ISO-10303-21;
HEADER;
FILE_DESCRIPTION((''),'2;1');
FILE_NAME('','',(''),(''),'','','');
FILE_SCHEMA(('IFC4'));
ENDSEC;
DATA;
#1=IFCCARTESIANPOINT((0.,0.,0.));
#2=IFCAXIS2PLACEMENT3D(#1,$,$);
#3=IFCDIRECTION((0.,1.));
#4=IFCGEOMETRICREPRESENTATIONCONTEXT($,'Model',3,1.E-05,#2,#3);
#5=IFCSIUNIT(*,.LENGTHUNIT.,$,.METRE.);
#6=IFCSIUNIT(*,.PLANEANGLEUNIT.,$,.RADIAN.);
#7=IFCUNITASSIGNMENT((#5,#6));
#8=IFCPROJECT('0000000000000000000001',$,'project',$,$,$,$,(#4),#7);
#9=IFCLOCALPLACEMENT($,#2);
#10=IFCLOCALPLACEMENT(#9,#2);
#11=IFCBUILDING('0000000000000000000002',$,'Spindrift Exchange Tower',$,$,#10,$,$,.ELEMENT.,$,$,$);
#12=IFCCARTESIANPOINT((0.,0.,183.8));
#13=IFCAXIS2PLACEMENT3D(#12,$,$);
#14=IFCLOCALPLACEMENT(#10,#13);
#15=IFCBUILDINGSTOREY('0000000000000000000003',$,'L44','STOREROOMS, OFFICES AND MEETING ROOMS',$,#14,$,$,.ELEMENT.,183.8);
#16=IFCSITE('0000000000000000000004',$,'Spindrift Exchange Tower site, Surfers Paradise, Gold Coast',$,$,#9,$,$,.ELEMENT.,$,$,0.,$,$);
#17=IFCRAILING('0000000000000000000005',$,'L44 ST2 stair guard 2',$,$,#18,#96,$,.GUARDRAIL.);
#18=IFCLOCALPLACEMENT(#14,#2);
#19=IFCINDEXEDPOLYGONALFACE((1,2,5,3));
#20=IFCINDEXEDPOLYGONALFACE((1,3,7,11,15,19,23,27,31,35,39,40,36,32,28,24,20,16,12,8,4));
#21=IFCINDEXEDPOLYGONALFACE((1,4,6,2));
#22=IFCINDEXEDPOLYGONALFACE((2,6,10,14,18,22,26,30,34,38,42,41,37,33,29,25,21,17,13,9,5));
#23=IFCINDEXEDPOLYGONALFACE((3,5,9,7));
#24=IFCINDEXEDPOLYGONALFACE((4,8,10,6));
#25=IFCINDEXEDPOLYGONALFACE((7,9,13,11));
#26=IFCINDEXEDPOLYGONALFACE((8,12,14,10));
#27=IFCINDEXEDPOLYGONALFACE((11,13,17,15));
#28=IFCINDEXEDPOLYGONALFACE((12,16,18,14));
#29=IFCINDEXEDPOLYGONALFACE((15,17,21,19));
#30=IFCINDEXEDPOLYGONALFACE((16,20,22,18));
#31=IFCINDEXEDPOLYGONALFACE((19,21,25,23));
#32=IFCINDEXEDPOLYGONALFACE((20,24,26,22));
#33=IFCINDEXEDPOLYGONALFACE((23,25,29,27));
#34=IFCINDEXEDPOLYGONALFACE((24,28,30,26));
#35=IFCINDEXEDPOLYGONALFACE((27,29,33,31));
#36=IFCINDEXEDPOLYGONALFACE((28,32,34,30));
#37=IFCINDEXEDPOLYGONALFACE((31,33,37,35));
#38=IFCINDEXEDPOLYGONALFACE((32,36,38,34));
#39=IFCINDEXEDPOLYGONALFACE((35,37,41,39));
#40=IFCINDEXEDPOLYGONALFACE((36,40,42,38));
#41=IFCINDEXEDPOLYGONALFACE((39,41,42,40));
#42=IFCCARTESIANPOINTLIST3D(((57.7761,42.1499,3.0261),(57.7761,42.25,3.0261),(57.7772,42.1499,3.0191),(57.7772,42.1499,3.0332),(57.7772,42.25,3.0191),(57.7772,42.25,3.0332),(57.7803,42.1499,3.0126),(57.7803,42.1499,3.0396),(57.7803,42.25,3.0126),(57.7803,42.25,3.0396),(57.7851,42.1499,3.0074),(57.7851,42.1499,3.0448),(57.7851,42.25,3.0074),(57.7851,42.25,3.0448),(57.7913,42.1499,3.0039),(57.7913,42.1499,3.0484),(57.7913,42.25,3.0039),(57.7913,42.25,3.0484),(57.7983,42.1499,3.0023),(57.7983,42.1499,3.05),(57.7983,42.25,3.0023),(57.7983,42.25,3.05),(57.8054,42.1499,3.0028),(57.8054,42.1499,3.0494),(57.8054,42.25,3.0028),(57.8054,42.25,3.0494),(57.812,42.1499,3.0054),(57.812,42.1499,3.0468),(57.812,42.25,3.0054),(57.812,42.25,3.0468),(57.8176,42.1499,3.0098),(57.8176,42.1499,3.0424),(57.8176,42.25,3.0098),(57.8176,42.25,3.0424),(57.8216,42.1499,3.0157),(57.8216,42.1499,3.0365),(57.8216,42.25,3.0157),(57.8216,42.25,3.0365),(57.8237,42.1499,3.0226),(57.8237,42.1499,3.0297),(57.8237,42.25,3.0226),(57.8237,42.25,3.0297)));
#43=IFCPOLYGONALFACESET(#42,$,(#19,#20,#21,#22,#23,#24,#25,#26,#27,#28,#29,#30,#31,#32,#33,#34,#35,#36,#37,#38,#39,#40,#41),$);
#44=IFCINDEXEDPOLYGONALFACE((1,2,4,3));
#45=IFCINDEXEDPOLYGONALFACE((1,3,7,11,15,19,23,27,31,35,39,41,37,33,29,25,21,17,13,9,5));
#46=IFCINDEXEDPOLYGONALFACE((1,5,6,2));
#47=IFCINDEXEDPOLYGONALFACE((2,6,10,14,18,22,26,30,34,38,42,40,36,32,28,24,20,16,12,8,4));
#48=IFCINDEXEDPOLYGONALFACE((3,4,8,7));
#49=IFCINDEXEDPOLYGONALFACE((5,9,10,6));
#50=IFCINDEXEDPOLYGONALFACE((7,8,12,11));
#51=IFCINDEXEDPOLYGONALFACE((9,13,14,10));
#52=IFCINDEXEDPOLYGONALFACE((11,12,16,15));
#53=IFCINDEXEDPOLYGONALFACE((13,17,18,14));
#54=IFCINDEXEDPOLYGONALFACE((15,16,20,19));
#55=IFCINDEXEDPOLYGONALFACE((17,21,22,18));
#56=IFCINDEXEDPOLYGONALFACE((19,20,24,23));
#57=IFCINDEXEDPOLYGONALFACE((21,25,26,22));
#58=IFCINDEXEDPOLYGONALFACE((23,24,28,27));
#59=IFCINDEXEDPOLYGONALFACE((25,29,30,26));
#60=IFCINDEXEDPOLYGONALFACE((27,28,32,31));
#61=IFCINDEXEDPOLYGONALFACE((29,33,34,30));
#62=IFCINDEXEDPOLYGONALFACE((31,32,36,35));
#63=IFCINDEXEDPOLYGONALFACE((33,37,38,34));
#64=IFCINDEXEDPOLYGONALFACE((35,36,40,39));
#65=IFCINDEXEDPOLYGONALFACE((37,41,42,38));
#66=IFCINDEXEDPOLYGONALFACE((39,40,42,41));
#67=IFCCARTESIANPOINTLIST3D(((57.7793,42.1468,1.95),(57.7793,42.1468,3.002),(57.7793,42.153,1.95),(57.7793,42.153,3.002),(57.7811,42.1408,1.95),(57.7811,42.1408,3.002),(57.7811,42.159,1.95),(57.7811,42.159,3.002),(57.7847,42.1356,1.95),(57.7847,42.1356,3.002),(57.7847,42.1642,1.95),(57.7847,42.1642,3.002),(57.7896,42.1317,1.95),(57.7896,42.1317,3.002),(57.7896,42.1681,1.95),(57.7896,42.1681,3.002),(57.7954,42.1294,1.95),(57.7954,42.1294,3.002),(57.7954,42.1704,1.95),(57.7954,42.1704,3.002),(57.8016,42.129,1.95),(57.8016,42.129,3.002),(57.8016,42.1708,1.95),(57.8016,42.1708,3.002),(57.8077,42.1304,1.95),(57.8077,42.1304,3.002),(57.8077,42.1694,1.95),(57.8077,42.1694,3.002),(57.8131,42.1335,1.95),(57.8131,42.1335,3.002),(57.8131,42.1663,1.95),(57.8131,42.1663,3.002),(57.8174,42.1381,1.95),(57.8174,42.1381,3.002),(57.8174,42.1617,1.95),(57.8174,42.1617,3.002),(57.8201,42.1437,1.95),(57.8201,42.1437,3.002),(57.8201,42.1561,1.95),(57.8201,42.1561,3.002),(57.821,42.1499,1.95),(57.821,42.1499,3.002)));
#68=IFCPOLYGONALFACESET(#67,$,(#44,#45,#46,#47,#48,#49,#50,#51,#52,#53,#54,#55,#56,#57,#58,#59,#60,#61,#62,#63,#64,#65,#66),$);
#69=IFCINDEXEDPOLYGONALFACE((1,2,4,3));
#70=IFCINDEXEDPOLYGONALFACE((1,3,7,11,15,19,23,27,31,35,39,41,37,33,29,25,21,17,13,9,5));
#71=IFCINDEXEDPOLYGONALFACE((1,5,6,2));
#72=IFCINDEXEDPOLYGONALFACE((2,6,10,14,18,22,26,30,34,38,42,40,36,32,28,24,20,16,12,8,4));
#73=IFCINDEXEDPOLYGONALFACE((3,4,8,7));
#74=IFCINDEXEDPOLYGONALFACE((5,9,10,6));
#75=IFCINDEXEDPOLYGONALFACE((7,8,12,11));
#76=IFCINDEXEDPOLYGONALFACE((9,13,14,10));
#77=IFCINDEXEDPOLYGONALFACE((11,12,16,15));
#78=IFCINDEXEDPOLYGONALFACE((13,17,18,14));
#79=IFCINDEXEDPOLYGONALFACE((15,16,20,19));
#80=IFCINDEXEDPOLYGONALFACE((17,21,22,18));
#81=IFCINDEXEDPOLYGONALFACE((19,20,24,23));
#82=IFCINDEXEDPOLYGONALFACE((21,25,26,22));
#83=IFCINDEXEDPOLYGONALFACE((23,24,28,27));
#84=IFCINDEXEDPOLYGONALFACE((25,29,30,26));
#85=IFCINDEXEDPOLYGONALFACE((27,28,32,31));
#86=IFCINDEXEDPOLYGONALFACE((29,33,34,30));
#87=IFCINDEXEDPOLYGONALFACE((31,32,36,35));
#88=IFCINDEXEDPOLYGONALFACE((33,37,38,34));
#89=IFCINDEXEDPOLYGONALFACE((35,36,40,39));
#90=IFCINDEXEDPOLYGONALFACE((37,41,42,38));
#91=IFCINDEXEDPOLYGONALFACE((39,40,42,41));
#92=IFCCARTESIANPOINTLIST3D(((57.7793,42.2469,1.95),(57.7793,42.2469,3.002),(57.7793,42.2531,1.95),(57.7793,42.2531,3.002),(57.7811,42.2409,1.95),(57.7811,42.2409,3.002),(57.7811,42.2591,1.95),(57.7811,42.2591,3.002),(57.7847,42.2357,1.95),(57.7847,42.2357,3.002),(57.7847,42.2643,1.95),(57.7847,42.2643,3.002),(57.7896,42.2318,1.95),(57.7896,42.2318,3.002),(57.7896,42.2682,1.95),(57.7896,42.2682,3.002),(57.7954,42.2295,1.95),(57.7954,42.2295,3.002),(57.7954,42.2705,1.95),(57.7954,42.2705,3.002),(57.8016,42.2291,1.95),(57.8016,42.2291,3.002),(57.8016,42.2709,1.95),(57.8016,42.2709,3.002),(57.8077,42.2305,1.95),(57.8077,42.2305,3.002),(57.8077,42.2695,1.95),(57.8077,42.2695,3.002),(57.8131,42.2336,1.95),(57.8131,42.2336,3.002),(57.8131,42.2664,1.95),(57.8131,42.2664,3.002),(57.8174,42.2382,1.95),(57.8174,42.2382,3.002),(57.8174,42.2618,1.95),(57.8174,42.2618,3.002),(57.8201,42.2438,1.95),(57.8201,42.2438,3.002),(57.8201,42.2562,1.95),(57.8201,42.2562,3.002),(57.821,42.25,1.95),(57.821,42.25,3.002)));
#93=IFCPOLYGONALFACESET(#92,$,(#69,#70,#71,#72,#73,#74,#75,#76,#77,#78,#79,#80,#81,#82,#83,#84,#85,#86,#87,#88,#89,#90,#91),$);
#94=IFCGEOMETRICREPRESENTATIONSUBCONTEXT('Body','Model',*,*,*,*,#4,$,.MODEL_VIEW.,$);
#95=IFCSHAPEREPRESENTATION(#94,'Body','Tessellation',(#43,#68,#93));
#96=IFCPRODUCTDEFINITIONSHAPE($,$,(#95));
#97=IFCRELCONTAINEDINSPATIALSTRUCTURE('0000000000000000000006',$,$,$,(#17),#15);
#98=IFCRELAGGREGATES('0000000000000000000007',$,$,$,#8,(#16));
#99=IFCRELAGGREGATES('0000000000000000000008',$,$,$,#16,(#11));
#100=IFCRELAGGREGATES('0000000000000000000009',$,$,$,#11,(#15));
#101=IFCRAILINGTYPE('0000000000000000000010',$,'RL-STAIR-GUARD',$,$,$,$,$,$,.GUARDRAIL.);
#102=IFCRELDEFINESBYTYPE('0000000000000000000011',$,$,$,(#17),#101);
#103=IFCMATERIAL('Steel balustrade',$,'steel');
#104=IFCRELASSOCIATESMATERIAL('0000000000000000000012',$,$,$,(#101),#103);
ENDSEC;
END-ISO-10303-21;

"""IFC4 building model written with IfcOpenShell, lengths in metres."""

from ifc_helpers import new_model, si_unit, direction, frame, origin, origin_2d, place, context, subcontext, project, spatial, circle, extrude, material, type_object, element, save


model = new_model("IFC4")

# Units and contexts
model_context = context("Model", 3, precision=1e-05, world=origin(), true_north=direction((0.0, 1.0)))
body_context = subcontext(model_context, "Body", "Model", "MODEL_VIEW")
ifc_project = project(units=[si_unit("LENGTHUNIT", "METRE"), si_unit("PLANEANGLEUNIT", "RADIAN")], contexts=[model_context])

# Site, building, storey
site_placement = place(None, origin())
site = spatial("IfcSite", under=ifc_project, at=site_placement, Name="Spindrift Exchange Tower site, Surfers Paradise, Gold Coast", CompositionType="ELEMENT", RefElevation=0.0)
building_placement = place(site_placement, origin())
building = spatial("IfcBuilding", under=site, at=building_placement, Name="Spindrift Exchange Tower", CompositionType="ELEMENT")
storey_placement = place(building_placement, frame((0.0, 0.0, 183.8)))
storey = spatial("IfcBuildingStorey", under=building, at=storey_placement, Name="L44", Description="STOREROOMS, OFFICES AND MEETING ROOMS", CompositionType="ELEMENT", Elevation=183.8)

# Railing
ifc_material_1 = material(Name="Steel balustrade", Category="steel")
railing_type_1 = type_object("IfcRailingType", Name="RL-STAIR-GUARD", PredefinedType="GUARDRAIL", material=ifc_material_1)
railing_1_placement = place(storey_placement, frame((57.8, 42.1499, 1.95)))
element("IfcRailing", 1, at=railing_1_placement, inside=storey, type_object=railing_type_1, Name="L44 ST2 stair guard 2", PredefinedType="GUARDRAIL", context=body_context, shape_type="SweptSolid", body=[
    extrude(circle(Radius=0.0239, at=origin_2d()), frame((0.0, 0.0, 1.0762), z_axis=(0.0, 1.0, 0.0), x_axis=(-1.0, 0.0, 0.0)), (0.0, 0.0, 1.0), 0.1001),
    extrude(circle(Radius=0.021, at=origin_2d()), origin(), (0.0, 0.0, 1.0), 1.052),
    extrude(circle(Radius=0.021, at=origin_2d()), frame((0.0, 0.1001, 0.0)), (0.0, 0.0, 1.0), 1.052),
])

save(model, "model.ifc")
